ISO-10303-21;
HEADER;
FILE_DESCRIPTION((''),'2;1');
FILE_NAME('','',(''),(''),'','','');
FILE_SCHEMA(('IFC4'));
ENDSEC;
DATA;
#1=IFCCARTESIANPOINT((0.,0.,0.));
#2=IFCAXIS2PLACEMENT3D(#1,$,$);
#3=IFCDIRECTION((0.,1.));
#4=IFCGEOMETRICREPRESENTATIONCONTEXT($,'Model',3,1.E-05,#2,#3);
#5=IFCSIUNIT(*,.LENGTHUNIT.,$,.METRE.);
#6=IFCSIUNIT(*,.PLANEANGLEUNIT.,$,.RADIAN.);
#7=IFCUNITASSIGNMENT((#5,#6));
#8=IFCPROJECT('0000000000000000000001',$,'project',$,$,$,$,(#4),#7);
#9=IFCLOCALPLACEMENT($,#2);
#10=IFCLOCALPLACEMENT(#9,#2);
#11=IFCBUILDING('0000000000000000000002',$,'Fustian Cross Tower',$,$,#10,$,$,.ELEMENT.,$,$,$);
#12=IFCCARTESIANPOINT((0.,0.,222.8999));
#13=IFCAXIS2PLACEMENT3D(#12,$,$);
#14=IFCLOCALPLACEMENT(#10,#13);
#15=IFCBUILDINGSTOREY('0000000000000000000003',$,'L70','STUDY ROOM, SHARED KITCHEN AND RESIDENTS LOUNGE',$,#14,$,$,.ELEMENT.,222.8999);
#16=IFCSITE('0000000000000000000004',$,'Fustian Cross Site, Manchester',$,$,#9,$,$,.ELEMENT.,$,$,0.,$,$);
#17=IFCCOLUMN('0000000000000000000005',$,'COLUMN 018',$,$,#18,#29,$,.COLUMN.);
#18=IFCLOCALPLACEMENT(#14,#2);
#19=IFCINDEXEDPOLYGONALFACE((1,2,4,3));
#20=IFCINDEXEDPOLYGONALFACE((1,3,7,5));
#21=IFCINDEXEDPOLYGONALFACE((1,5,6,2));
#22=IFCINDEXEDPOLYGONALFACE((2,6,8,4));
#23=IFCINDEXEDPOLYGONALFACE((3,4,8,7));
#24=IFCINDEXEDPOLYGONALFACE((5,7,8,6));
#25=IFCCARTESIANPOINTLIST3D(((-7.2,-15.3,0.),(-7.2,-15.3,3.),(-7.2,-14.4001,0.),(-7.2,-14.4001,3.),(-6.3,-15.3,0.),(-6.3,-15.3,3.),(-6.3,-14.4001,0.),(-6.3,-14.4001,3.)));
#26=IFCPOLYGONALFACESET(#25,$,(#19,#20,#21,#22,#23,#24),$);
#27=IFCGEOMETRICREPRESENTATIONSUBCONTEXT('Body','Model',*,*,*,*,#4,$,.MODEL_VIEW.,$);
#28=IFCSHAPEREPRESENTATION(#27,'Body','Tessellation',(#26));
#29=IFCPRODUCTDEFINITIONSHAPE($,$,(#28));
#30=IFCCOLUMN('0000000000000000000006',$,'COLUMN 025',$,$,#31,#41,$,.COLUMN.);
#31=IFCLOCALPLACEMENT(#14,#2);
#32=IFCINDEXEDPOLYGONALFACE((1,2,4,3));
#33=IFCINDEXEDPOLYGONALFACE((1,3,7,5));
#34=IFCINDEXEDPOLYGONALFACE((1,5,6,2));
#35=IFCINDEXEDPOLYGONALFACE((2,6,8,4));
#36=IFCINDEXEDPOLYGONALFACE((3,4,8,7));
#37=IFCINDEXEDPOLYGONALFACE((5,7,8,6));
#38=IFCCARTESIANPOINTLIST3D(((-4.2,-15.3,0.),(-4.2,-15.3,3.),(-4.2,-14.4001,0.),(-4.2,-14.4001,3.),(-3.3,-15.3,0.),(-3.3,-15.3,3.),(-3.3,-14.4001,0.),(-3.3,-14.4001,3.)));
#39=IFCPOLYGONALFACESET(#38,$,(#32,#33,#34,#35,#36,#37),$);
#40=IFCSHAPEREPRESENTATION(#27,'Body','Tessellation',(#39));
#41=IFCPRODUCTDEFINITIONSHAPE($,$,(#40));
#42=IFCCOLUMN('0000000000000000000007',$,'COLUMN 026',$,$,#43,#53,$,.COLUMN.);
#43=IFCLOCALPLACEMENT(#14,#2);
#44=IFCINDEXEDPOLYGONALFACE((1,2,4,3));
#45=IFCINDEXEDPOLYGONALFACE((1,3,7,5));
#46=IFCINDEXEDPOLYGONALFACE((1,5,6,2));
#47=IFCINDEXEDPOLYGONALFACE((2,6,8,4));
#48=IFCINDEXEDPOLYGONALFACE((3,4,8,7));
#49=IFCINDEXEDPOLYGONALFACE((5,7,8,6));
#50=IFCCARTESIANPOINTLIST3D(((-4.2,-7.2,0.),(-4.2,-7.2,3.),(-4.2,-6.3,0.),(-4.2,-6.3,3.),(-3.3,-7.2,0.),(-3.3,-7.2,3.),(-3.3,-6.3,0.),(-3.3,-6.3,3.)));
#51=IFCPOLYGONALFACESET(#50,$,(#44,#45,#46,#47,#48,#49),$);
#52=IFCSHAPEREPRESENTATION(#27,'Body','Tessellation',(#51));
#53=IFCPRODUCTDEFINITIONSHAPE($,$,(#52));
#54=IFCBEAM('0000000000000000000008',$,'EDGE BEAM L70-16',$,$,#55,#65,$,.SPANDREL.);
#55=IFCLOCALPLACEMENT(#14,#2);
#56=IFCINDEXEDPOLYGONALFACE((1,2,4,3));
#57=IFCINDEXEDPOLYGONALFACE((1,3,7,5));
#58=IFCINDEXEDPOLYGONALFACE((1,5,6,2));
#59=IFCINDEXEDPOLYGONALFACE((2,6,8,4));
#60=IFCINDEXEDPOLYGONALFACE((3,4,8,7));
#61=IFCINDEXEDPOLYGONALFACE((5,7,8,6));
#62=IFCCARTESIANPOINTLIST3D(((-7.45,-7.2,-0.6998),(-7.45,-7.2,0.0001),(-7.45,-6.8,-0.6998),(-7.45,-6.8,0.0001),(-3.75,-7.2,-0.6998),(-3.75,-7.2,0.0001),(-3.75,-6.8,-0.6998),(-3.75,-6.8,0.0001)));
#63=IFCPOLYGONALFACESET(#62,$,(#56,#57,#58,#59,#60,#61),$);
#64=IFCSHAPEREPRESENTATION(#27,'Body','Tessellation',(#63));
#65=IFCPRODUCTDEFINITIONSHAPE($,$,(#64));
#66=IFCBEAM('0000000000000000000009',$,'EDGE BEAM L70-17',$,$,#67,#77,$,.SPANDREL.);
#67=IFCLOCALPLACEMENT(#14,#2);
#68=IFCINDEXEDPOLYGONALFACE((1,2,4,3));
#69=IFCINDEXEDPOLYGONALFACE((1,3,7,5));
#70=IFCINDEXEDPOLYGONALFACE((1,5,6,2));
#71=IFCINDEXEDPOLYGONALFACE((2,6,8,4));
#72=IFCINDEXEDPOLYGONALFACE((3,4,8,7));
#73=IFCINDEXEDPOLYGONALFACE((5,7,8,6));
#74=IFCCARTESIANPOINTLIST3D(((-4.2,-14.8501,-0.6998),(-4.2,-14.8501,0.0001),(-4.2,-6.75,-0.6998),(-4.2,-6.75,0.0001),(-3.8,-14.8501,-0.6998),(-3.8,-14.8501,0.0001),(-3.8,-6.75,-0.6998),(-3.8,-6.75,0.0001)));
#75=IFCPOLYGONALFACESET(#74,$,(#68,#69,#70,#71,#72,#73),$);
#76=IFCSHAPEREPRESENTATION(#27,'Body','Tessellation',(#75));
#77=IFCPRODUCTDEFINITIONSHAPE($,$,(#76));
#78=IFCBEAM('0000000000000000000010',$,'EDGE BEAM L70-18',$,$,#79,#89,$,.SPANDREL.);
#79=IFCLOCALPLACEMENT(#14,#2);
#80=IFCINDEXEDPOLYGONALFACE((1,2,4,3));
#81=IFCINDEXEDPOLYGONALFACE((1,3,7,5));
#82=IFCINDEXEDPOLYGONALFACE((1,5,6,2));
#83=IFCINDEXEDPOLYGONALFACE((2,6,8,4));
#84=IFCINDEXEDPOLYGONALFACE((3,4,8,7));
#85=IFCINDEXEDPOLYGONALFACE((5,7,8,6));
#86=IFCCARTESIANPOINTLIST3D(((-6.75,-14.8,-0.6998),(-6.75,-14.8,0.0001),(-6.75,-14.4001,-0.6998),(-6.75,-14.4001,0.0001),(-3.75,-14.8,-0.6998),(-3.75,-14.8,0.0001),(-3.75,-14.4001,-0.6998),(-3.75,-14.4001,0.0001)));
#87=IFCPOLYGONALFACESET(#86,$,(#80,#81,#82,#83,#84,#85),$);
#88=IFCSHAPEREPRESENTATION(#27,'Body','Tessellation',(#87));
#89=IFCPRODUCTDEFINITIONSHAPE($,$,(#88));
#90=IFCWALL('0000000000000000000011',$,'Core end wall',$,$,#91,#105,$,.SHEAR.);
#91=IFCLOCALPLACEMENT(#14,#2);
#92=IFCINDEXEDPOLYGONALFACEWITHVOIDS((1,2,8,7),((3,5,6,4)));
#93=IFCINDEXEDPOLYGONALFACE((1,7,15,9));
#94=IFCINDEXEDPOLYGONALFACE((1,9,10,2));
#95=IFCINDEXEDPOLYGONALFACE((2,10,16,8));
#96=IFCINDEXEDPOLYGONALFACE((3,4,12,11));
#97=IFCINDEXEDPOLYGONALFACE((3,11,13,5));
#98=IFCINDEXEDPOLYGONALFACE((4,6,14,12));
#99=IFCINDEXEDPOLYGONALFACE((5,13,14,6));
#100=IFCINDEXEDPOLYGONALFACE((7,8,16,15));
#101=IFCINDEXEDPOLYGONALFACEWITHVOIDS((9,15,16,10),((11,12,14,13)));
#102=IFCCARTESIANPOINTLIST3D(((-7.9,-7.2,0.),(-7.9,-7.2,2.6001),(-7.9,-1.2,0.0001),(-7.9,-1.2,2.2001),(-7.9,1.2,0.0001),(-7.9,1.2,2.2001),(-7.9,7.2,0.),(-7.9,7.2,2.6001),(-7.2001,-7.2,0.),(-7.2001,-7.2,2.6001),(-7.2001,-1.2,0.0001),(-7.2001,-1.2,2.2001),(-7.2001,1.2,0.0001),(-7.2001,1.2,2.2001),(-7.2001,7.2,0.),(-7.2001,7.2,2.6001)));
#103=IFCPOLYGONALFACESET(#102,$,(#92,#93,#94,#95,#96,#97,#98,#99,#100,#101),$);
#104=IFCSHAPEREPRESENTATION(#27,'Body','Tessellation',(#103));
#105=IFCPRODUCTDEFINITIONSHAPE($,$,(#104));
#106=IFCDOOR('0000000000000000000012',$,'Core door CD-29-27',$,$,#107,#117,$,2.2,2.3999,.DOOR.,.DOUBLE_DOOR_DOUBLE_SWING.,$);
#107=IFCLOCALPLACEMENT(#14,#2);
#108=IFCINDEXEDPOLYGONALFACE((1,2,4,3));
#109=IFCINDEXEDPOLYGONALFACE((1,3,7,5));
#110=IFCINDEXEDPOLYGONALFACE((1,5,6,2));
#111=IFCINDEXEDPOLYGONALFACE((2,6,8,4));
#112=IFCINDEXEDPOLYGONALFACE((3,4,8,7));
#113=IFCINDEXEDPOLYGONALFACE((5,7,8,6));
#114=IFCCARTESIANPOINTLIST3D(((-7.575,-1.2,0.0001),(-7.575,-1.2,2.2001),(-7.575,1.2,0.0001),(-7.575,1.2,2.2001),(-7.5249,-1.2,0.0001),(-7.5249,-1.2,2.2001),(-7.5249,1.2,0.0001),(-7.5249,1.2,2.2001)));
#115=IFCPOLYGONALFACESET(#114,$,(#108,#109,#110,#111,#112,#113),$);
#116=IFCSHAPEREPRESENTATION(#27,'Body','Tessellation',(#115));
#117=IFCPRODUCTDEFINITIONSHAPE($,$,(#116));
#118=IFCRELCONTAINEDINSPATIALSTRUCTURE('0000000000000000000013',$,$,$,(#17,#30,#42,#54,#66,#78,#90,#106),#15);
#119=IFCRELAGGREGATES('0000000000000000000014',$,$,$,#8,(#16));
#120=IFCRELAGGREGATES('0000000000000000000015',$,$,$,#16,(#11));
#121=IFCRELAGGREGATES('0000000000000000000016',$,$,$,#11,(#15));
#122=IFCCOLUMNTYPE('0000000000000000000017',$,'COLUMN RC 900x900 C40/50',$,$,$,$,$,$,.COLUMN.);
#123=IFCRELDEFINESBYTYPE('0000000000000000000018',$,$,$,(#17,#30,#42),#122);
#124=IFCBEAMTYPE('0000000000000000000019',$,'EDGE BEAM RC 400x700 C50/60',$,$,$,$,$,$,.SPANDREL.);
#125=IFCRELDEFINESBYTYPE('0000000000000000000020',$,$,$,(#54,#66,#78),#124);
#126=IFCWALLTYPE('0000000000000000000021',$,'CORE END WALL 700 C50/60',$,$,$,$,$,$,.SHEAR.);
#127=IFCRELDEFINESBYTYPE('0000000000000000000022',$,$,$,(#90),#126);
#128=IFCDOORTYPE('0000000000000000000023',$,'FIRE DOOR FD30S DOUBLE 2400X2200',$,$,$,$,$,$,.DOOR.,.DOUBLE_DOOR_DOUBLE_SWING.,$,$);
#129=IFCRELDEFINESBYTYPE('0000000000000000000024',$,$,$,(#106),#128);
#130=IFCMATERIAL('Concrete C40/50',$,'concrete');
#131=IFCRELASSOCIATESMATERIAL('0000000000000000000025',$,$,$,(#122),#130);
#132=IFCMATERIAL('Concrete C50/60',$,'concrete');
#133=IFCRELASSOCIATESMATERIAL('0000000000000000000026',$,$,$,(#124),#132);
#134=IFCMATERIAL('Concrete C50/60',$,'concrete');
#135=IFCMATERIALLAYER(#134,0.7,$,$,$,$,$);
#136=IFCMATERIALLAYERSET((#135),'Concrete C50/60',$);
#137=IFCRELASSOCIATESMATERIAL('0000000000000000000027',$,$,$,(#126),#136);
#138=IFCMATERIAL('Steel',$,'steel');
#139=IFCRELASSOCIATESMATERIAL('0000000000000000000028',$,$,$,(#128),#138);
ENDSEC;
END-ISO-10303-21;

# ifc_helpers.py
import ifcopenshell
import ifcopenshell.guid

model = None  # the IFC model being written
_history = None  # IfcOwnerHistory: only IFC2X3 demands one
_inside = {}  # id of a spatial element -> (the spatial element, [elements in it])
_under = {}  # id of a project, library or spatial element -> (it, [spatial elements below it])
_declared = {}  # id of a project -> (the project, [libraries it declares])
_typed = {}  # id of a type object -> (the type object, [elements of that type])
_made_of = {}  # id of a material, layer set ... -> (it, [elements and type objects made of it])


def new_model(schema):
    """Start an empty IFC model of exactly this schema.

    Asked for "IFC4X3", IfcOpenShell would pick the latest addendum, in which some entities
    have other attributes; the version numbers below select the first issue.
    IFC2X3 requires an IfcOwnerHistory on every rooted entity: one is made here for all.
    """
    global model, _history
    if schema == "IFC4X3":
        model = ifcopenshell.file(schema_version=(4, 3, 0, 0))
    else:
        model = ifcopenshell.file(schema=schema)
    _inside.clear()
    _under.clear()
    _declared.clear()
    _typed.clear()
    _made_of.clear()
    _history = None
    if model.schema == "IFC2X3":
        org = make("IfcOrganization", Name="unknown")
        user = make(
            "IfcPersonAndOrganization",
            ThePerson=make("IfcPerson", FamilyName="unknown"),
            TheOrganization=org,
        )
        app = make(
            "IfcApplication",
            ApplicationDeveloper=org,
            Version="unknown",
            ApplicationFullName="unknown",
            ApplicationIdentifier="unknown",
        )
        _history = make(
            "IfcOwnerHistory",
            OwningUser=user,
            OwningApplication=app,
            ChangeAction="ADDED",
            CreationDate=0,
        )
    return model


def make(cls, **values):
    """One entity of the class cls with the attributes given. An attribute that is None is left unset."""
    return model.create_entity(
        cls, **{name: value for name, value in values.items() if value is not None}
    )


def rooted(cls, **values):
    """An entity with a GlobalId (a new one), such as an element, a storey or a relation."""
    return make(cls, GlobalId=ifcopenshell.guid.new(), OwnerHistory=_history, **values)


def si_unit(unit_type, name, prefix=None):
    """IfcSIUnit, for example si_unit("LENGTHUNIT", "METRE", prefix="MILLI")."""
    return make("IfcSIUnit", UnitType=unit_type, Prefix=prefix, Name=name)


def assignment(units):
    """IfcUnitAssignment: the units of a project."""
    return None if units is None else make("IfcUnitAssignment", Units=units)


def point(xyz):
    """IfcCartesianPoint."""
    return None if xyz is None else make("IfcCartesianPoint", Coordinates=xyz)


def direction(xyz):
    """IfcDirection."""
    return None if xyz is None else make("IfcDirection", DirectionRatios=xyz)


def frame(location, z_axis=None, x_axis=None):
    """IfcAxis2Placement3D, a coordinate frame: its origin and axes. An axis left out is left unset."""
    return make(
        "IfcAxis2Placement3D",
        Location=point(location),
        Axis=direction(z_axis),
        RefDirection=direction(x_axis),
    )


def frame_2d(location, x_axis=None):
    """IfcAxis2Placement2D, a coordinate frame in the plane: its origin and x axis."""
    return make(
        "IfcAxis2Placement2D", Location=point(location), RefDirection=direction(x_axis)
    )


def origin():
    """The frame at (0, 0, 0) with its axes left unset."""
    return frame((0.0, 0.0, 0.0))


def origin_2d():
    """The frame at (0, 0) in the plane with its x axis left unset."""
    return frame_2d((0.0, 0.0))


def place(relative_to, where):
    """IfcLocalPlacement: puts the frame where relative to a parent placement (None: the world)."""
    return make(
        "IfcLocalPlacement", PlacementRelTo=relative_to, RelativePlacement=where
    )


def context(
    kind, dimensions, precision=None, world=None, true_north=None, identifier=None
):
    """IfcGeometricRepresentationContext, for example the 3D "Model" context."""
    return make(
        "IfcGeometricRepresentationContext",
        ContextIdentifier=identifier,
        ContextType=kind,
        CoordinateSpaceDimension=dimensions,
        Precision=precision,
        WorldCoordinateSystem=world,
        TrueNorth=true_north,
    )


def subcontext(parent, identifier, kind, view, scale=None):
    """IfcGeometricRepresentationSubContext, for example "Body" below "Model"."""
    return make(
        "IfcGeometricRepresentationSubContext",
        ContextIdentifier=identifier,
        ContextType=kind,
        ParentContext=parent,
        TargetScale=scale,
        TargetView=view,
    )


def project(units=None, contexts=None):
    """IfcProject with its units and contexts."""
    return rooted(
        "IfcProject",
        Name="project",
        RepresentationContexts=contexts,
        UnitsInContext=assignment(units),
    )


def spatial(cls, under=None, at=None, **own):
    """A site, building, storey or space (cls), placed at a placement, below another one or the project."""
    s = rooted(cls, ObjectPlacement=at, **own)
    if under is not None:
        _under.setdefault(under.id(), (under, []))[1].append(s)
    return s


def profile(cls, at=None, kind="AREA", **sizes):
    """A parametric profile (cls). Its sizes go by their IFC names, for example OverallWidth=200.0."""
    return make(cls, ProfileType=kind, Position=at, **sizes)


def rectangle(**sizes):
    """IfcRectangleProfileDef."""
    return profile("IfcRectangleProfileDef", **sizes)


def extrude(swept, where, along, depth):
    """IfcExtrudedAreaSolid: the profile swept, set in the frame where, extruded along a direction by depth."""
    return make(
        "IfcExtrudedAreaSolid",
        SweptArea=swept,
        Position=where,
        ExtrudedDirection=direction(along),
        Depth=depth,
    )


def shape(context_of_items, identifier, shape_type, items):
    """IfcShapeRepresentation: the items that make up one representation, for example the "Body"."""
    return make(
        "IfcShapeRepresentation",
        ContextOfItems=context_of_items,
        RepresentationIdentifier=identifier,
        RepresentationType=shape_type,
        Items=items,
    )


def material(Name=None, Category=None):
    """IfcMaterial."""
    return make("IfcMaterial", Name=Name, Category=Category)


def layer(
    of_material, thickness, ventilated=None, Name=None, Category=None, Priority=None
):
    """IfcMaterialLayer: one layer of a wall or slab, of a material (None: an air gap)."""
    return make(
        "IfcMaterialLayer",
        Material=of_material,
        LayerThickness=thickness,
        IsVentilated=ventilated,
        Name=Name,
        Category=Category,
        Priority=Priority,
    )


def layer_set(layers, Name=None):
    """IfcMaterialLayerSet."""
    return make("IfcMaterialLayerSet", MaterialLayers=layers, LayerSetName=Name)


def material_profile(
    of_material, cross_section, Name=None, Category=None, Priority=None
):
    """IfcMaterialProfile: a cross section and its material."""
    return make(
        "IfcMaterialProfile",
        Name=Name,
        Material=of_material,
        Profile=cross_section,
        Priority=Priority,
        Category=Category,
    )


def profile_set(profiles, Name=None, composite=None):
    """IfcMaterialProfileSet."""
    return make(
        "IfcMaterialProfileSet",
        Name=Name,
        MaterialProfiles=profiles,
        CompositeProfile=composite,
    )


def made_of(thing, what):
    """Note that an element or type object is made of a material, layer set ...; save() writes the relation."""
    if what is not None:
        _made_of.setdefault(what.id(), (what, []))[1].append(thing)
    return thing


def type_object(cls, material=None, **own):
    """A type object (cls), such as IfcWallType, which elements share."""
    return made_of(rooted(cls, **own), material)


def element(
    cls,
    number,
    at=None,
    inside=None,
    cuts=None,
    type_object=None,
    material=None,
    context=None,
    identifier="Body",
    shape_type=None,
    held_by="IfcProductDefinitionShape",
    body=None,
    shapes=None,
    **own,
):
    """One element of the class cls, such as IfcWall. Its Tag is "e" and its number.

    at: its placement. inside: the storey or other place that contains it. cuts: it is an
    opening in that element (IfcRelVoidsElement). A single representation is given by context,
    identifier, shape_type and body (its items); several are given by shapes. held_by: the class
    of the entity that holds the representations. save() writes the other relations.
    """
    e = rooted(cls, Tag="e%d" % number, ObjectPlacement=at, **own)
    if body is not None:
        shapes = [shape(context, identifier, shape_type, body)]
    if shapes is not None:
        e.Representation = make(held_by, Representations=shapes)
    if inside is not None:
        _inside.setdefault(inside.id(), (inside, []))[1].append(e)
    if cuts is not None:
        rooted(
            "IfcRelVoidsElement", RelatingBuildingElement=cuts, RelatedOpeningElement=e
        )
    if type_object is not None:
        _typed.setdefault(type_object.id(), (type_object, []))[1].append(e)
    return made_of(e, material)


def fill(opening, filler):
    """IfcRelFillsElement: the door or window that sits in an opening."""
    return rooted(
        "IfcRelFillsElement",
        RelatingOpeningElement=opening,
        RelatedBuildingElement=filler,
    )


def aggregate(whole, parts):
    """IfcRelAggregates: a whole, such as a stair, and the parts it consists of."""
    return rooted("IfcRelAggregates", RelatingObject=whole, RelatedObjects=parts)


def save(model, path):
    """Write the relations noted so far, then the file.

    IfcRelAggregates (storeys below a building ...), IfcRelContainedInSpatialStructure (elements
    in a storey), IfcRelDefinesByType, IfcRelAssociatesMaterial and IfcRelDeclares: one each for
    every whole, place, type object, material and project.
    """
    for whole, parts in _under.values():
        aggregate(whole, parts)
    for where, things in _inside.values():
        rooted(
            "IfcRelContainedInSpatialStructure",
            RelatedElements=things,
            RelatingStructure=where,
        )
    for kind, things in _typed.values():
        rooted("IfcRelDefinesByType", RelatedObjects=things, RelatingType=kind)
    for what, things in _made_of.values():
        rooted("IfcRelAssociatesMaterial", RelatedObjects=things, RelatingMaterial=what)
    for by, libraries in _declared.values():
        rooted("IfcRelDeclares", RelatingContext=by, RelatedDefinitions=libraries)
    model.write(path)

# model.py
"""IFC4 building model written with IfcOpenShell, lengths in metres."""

from ifc_helpers import new_model, si_unit, direction, frame, frame_2d, origin, origin_2d, place, context, subcontext, project, spatial, rectangle, extrude, material, layer, layer_set, material_profile, profile_set, type_object, element, fill, save


model = new_model("IFC4")

# Units and contexts
model_context = context("Model", 3, precision=1e-05, world=origin(), true_north=direction((0.0, 1.0)))
body_context = subcontext(model_context, "Body", "Model", "MODEL_VIEW")
ifc_project = project(units=[si_unit("LENGTHUNIT", "METRE"), si_unit("PLANEANGLEUNIT", "RADIAN")], contexts=[model_context])

# Site, building, storey
site_placement = place(None, origin())
site = spatial("IfcSite", under=ifc_project, at=site_placement, Name="Fustian Cross Site, Manchester", CompositionType="ELEMENT", RefElevation=0.0)
building_placement = place(site_placement, origin())
building = spatial("IfcBuilding", under=site, at=building_placement, Name="Fustian Cross Tower", CompositionType="ELEMENT")
storey_placement = place(building_placement, frame((0.0, 0.0, 222.8999)))
storey = spatial("IfcBuildingStorey", under=building, at=storey_placement, Name="L70", Description="STUDY ROOM, SHARED KITCHEN AND RESIDENTS LOUNGE", CompositionType="ELEMENT", Elevation=222.8999)

# Columns
ifc_material_1 = material(Name="Concrete C40/50", Category="concrete")
ifc_material_profile_1 = material_profile(ifc_material_1, rectangle(XDim=0.8999, YDim=0.8999, at=origin_2d()), Name="RC 900x900")
ifc_profile_set_1 = profile_set([ifc_material_profile_1], Name="Concrete C40/50")
column_type = type_object("IfcColumnType", Name="COLUMN RC 900x900 C40/50", PredefinedType="COLUMN", material=ifc_profile_set_1)
for number, where, z_axis, x_axis, name in (
    (1, (-6.75, -14.8501, 0.0), (0.0, 0.0, 1.0), (1.0, 0.0, 0.0), "COLUMN 018"),
    (2, (-3.75, -14.8501, 0.0), (0.0, 0.0, 1.0), (1.0, 0.0, 0.0), "COLUMN 025"),
    (3, (-3.75, -6.75, 0.0), (0.0, 0.0, 1.0), (1.0, 0.0, 0.0), "COLUMN 026"),
):
    element("IfcColumn", number, at=place(storey_placement, frame(where, z_axis=z_axis, x_axis=x_axis)), inside=storey, type_object=column_type, Name=name, PredefinedType="COLUMN", context=body_context, shape_type="SweptSolid", body=[
        extrude(rectangle(XDim=0.8999, YDim=0.8999, at=origin_2d()), origin(), (0.0, 0.0, 1.0), 3.0),
    ])

# Beams
ifc_material_2 = material(Name="Concrete C50/60", Category="concrete")
ifc_material_profile_2 = material_profile(ifc_material_2, rectangle(XDim=0.3999, YDim=0.7, at=origin_2d()), Name="RC 400x700")
ifc_profile_set_2 = profile_set([ifc_material_profile_2], Name="Concrete C50/60")
beam_type = type_object("IfcBeamType", Name="EDGE BEAM RC 400x700 C50/60", PredefinedType="SPANDREL", material=ifc_profile_set_2)
beam_1_placement = place(storey_placement, frame((-7.45, -7.0, -0.3499), z_axis=(1.0, 0.0, 0.0), x_axis=(0.0, 1.0, 0.0)))
element("IfcBeam", 4, at=beam_1_placement, inside=storey, type_object=beam_type, Name="EDGE BEAM L70-16", PredefinedType="SPANDREL", context=body_context, shape_type="SweptSolid", body=[
    extrude(rectangle(XDim=0.3999, YDim=0.7, at=origin_2d()), origin(), (0.0, 0.0, 1.0), 3.7),
])
beam_2_placement = place(storey_placement, frame((-4.0, -6.75, -0.3499), z_axis=(0.0, -1.0, 0.0), x_axis=(1.0, 0.0, 0.0)))
element("IfcBeam", 5, at=beam_2_placement, inside=storey, type_object=beam_type, Name="EDGE BEAM L70-17", PredefinedType="SPANDREL", context=body_context, shape_type="SweptSolid", body=[
    extrude(rectangle(XDim=0.3999, YDim=0.7, at=origin_2d()), origin(), (0.0, 0.0, 1.0), 8.1001),
])
beam_3_placement = place(storey_placement, frame((-3.75, -14.6001, -0.3499), z_axis=(-1.0, 0.0, 0.0), x_axis=(0.0, -1.0, 0.0)))
element("IfcBeam", 6, at=beam_3_placement, inside=storey, type_object=beam_type, Name="EDGE BEAM L70-18", PredefinedType="SPANDREL", context=body_context, shape_type="SweptSolid", body=[
    extrude(rectangle(XDim=0.3999, YDim=0.7, at=origin_2d()), origin(), (0.0, 0.0, 1.0), 3.0),
])

# Wall, opening, door
ifc_material_3 = material(Name="Concrete C50/60", Category="concrete")
ifc_layer_1 = layer(ifc_material_3, 0.7)
ifc_layer_set_1 = layer_set([ifc_layer_1], Name="Concrete C50/60")
wall_type_1 = type_object("IfcWallType", Name="CORE END WALL 700 C50/60", PredefinedType="SHEAR", material=ifc_layer_set_1)
wall_1_placement = place(storey_placement, frame((-7.55, -7.2, 0.0), z_axis=(0.0, 0.0, 1.0), x_axis=(0.0, 1.0, 0.0)))
wall_1 = element("IfcWall", 7, at=wall_1_placement, inside=storey, type_object=wall_type_1, Name="Core end wall", PredefinedType="SHEAR", context=body_context, shape_type="SweptSolid", body=[
    extrude(rectangle(XDim=14.3999, YDim=0.7, at=frame_2d((7.2, 0.0))), origin(), (0.0, 0.0, 1.0), 2.6001),
])
opening_1_placement = place(wall_1_placement, frame((6.0, 0.0, 0.0)))
opening_1 = element("IfcOpeningElement", 8, at=opening_1_placement, cuts=wall_1, PredefinedType="OPENING", context=body_context, shape_type="SweptSolid", body=[
    extrude(rectangle(XDim=2.3999, YDim=2.2, at=frame_2d((1.2, 1.1001))), frame((0.0, 0.3599, 0.0), z_axis=(0.0, -1.0, 0.0), x_axis=(1.0, 0.0, 0.0)), (0.0, 0.0, 1.0), 0.72),
])
ifc_material_4 = material(Name="Steel", Category="steel")
door_type_1 = type_object("IfcDoorType", Name="FIRE DOOR FD30S DOUBLE 2400X2200", OperationType="DOUBLE_DOOR_DOUBLE_SWING", PredefinedType="DOOR", material=ifc_material_4)
door_1_placement = place(opening_1_placement, origin())
door_1 = element("IfcDoor", 9, at=door_1_placement, inside=storey, type_object=door_type_1, Name="Core door CD-29-27", OperationType="DOUBLE_DOOR_DOUBLE_SWING", OverallHeight=2.2, OverallWidth=2.3999, PredefinedType="DOOR", context=body_context, shape_type="SweptSolid", body=[
    extrude(rectangle(XDim=2.3999, YDim=2.2, at=frame_2d((1.2, 1.1001))), frame((0.0, 0.0249, 0.0), z_axis=(0.0, -1.0, 0.0), x_axis=(1.0, 0.0, 0.0)), (0.0, 0.0, 1.0), 0.05),
])
fill(opening_1, door_1)

save(model, "model.ifc")
